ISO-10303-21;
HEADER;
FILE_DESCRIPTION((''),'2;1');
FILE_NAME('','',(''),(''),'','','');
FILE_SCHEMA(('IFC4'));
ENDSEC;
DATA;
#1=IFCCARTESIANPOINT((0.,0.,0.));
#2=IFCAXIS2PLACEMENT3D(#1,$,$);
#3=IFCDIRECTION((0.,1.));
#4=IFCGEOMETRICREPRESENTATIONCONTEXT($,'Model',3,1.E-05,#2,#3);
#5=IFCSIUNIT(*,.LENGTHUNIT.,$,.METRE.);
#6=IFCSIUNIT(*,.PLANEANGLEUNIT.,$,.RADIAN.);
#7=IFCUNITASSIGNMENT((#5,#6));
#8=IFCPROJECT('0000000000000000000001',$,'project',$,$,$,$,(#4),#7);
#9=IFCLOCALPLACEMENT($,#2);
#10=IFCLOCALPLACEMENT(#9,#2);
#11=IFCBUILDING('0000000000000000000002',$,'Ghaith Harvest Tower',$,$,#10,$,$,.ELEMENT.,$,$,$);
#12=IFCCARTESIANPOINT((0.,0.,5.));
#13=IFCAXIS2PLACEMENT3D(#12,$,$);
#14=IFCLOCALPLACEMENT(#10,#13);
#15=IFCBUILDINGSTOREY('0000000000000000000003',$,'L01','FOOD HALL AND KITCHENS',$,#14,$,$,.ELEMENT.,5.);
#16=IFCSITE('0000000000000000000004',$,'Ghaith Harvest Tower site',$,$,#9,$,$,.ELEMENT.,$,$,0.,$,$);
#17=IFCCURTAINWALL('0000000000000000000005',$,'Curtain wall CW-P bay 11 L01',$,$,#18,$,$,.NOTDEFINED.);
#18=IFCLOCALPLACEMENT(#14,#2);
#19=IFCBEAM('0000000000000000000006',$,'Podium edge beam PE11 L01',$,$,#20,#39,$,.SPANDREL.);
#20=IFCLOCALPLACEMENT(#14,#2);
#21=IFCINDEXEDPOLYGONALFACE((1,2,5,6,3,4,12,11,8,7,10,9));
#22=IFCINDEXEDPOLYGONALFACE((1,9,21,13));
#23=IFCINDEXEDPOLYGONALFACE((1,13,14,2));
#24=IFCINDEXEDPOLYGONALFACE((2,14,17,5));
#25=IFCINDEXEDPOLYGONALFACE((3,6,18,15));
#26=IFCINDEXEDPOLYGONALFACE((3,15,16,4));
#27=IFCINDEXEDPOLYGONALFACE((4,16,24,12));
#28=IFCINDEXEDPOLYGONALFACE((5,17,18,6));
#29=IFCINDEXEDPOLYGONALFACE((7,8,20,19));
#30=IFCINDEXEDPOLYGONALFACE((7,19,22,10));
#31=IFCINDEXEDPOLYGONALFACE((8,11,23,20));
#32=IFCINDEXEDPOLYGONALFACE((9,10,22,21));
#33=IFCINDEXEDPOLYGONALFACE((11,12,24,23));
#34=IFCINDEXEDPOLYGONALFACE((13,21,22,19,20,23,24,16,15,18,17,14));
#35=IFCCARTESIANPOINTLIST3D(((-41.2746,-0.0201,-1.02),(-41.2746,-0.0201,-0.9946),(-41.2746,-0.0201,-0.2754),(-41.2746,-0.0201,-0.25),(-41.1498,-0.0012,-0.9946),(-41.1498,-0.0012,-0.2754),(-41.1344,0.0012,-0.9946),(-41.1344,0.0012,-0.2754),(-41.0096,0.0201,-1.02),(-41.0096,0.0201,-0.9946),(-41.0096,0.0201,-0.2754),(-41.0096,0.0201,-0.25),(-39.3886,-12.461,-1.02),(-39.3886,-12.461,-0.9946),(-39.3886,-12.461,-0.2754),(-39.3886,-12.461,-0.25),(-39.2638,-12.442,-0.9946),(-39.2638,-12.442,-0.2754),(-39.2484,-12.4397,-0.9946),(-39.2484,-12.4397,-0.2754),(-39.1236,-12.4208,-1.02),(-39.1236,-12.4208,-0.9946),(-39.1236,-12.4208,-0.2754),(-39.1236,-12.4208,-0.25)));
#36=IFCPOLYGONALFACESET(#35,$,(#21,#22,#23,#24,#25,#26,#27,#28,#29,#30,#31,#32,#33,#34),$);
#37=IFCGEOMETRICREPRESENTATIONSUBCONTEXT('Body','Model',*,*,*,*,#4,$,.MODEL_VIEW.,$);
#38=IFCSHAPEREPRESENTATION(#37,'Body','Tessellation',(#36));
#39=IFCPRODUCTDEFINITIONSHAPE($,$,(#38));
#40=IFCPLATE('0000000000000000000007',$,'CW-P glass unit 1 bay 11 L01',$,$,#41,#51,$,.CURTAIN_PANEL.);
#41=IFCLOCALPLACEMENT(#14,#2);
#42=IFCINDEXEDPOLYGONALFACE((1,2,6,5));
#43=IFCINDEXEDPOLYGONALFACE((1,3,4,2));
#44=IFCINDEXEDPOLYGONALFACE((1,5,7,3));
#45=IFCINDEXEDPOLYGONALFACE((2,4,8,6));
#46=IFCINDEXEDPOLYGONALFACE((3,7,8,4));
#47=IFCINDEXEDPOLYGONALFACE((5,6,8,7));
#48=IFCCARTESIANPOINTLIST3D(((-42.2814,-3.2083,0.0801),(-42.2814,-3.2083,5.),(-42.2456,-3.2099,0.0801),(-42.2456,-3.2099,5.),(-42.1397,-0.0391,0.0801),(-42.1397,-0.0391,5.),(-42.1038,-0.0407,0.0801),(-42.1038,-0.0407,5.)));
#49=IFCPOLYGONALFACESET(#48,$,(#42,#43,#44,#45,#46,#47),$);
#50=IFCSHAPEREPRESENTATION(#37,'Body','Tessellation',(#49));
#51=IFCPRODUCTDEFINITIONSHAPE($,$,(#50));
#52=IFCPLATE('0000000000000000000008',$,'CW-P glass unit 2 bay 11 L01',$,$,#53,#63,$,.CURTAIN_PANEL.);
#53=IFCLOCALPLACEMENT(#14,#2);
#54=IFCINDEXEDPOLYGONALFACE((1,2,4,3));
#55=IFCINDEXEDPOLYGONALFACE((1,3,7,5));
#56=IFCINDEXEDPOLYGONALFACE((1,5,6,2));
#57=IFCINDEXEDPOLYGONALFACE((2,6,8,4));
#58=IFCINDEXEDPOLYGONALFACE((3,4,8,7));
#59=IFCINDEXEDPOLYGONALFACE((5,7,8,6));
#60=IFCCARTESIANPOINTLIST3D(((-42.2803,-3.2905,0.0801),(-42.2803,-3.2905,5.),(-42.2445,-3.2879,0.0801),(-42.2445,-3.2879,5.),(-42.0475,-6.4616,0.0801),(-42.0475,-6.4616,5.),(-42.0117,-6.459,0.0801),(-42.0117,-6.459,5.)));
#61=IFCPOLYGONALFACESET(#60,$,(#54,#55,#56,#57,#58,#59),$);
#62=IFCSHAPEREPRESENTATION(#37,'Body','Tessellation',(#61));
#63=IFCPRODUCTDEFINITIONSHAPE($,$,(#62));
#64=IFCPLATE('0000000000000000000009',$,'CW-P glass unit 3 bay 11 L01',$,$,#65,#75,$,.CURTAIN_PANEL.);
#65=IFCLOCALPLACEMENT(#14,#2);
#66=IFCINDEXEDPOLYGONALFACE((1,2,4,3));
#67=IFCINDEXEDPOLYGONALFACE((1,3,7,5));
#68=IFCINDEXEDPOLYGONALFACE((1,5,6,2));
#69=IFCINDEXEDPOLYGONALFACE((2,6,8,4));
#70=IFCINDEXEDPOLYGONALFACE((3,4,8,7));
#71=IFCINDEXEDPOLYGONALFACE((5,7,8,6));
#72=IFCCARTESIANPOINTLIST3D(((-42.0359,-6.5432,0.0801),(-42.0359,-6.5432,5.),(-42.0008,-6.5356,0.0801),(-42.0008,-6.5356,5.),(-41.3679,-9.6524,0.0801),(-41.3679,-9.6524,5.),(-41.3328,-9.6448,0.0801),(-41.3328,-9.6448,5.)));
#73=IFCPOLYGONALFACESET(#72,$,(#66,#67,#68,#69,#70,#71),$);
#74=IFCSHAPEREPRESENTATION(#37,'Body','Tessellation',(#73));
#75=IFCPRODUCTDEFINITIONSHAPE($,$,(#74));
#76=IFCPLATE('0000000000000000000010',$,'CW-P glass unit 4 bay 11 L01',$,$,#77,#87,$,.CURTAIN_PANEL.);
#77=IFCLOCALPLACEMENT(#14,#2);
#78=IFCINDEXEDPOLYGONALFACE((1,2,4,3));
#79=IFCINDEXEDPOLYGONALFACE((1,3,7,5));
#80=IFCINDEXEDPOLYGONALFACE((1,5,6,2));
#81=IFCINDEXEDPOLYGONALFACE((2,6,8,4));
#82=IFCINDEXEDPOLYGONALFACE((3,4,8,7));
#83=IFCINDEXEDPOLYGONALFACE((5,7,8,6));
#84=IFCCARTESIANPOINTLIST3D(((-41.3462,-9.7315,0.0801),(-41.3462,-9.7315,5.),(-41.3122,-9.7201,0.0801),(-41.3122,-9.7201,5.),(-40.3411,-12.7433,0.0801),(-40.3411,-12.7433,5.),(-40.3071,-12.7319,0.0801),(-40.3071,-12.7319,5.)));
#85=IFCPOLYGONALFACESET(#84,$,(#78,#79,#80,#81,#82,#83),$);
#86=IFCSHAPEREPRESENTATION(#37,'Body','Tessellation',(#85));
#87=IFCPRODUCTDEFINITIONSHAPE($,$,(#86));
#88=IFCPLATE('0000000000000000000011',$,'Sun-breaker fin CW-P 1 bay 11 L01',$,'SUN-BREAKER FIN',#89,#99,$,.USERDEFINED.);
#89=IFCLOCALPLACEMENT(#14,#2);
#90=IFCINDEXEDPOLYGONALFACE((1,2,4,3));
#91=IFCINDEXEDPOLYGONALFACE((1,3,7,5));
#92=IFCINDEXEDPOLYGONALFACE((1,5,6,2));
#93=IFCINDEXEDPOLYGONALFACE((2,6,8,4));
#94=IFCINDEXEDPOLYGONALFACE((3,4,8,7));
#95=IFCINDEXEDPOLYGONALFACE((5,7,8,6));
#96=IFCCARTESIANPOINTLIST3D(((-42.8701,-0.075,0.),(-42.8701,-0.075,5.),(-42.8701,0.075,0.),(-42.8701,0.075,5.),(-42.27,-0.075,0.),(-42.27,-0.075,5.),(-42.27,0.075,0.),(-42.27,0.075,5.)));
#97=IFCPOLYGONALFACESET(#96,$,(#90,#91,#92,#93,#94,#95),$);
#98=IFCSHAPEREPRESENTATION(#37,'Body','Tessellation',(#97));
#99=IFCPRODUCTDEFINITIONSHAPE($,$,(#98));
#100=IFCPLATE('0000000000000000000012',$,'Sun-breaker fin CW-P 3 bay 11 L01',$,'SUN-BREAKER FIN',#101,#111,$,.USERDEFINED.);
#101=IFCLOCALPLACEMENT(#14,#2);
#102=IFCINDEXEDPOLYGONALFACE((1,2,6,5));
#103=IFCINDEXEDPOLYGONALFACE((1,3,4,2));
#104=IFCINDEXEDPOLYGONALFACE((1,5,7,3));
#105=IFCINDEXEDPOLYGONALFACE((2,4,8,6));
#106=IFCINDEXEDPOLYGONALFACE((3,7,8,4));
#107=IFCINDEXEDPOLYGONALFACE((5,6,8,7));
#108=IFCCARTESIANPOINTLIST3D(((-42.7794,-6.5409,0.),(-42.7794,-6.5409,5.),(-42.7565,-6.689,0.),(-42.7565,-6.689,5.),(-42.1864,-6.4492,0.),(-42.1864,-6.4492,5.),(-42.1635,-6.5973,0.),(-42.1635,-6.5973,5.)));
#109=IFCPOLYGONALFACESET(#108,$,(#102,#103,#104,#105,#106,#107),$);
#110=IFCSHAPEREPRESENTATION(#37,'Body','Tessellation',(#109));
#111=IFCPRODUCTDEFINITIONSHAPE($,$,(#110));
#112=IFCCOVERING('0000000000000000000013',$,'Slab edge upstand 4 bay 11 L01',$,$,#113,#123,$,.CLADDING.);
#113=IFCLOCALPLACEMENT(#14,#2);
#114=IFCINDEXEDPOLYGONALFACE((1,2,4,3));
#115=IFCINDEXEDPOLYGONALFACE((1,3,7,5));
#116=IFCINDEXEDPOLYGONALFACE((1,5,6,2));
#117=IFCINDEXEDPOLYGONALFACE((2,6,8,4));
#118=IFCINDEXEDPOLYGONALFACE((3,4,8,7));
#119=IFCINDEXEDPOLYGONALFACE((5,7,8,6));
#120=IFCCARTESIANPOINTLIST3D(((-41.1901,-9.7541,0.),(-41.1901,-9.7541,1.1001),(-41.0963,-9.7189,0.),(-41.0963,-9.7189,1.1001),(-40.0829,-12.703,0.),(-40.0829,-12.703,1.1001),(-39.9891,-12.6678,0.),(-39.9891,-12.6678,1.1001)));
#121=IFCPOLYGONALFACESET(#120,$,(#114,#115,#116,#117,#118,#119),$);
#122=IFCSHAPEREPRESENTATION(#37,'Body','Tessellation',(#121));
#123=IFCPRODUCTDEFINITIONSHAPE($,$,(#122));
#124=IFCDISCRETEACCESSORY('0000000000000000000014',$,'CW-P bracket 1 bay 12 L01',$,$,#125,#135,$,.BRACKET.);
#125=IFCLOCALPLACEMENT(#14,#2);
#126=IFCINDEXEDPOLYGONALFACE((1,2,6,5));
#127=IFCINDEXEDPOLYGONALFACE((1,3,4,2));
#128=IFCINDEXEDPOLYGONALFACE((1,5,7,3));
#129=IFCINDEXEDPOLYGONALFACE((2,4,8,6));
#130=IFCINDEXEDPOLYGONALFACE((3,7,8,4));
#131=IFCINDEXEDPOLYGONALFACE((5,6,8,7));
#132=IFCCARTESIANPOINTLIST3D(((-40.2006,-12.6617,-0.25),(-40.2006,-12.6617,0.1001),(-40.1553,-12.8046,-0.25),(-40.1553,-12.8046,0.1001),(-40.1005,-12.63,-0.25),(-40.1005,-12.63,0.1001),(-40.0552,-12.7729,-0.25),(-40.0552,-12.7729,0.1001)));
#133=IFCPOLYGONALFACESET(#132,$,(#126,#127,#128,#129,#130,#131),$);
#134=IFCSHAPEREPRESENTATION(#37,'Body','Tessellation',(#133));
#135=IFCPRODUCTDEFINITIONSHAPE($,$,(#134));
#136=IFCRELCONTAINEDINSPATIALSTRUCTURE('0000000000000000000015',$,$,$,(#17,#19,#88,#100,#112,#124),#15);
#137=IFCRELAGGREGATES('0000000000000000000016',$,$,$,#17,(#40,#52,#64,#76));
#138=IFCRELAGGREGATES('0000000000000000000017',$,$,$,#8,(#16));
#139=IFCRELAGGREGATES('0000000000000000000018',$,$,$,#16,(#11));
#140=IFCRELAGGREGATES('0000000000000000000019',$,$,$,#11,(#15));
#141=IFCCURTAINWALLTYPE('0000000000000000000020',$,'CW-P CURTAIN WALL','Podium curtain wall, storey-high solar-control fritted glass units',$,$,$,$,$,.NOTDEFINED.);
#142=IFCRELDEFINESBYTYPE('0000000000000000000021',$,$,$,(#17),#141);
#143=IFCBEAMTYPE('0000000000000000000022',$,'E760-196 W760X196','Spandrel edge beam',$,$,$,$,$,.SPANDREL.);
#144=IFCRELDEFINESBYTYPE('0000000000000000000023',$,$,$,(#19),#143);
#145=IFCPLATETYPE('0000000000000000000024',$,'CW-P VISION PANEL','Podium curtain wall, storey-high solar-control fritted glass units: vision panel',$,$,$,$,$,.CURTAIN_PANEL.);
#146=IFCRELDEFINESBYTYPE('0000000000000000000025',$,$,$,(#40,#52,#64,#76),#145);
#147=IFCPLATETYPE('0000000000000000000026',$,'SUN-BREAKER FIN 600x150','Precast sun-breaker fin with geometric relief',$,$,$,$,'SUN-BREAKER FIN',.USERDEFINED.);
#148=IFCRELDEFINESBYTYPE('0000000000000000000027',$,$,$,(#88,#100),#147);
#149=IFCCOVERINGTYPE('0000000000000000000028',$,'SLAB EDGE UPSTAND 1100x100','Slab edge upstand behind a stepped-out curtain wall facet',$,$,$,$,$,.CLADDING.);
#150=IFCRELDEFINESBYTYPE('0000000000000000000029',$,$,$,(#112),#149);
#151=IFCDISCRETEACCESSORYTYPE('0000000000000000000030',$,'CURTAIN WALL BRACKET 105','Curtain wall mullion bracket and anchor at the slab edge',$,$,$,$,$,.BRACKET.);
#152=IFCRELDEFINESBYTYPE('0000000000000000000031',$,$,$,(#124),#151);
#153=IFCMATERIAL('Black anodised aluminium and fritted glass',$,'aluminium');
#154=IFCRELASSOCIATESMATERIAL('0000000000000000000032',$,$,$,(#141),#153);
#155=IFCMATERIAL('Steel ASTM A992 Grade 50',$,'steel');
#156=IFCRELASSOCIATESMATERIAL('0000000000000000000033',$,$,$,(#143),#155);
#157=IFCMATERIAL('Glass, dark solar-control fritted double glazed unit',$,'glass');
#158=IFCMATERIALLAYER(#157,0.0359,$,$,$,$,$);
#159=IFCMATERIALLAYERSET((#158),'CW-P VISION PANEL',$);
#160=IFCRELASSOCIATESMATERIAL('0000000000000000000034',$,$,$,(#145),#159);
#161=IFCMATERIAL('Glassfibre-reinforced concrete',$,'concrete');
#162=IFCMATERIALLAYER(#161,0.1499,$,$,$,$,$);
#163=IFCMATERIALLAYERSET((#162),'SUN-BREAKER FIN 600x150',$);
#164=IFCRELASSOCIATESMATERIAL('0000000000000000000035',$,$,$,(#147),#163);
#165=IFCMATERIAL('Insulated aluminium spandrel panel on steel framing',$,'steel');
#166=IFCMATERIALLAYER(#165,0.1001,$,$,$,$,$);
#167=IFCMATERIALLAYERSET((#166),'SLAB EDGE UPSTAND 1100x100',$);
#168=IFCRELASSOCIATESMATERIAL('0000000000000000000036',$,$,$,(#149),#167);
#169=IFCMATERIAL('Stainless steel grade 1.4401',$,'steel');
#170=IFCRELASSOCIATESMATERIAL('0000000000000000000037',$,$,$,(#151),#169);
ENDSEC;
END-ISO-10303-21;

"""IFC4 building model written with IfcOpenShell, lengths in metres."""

from ifc_helpers import new_model, si_unit, direction, frame, origin, origin_2d, place, context, subcontext, project, spatial, rectangle, i_section, extrude, material, layer, layer_set, material_profile, profile_set, type_object, element, aggregate, save


model = new_model("IFC4")

# Units and contexts
model_context = context("Model", 3, precision=1e-05, world=origin(), true_north=direction((0.0, 1.0)))
body_context = subcontext(model_context, "Body", "Model", "MODEL_VIEW")
ifc_project = project(units=[si_unit("LENGTHUNIT", "METRE"), si_unit("PLANEANGLEUNIT", "RADIAN")], contexts=[model_context])

# Site, building, storey
site_placement = place(None, origin())
site = spatial("IfcSite", under=ifc_project, at=site_placement, Name="Ghaith Harvest Tower site", CompositionType="ELEMENT", RefElevation=0.0)
building_placement = place(site_placement, origin())
building = spatial("IfcBuilding", under=site, at=building_placement, Name="Ghaith Harvest Tower", CompositionType="ELEMENT")
storey_placement = place(building_placement, frame((0.0, 0.0, 5.0)))
storey = spatial("IfcBuildingStorey", under=building, at=storey_placement, Name="L01", Description="FOOD HALL AND KITCHENS", CompositionType="ELEMENT", Elevation=5.0)

# Curtain wall
ifc_material_1 = material(Name="Black anodised aluminium and fritted glass", Category="aluminium")
curtain_wall_type = type_object("IfcCurtainWallType", Name="CW-P CURTAIN WALL", Description="Podium curtain wall, storey-high solar-control fritted glass units", PredefinedType="NOTDEFINED", material=ifc_material_1)
curtain_wall_1_placement = place(storey_placement, origin())
curtain_wall_1 = element("IfcCurtainWall", 1, at=curtain_wall_1_placement, inside=storey, type_object=curtain_wall_type, Name="Curtain wall CW-P bay 11 L01", PredefinedType="NOTDEFINED")

# Beam
ifc_material_2 = material(Name="Steel ASTM A992 Grade 50", Category="steel")
ifc_material_profile_1 = material_profile(ifc_material_2, i_section(OverallWidth=0.2681, OverallDepth=0.77, WebThickness=0.0156, FlangeThickness=0.0254, at=origin_2d()), Name="W760X196")
ifc_profile_set_1 = profile_set([ifc_material_profile_1], Name="Steel ASTM A992 Grade 50")
beam_type = type_object("IfcBeamType", Name="E760-196 W760X196", Description="Spandrel edge beam", PredefinedType="SPANDREL", material=ifc_profile_set_1)
beam_placement = place(storey_placement, frame((-41.1421, 0.0, -0.635), z_axis=(0.149883, -0.988704, 0.0), x_axis=(0.988704, 0.149883, 0.0)))
element("IfcBeam", 2, at=beam_placement, inside=storey, type_object=beam_type, Name="Podium edge beam PE11 L01", PredefinedType="SPANDREL", context=body_context, shape_type="SweptSolid", body=[
    extrude(i_section(OverallWidth=0.2681, OverallDepth=0.77, WebThickness=0.0156, FlangeThickness=0.0254, at=origin_2d()), origin(), (0.0, 0.0, 1.0), 12.583),
])

# Plates
ifc_material_3 = material(Name="Glass, dark solar-control fritted double glazed unit", Category="glass")
ifc_layer_1 = layer(ifc_material_3, 0.0359)
ifc_layer_set_1 = layer_set([ifc_layer_1], Name="CW-P VISION PANEL")
plate_type_1 = type_object("IfcPlateType", Name="CW-P VISION PANEL", Description="Podium curtain wall, storey-high solar-control fritted glass units: vision panel", PredefinedType="CURTAIN_PANEL", material=ifc_layer_set_1)
plate_1_placement = place(storey_placement, frame((-42.1926, -1.6245, 0.0801), z_axis=(0.0, 0.0, 1.0), x_axis=(-0.044678, -0.999001, 0.0)))
plate_1 = element("IfcPlate", 3, at=plate_1_placement, type_object=plate_type_1, Name="CW-P glass unit 1 bay 11 L01", PredefinedType="CURTAIN_PANEL", context=body_context, shape_type="SweptSolid", body=[
    extrude(rectangle(XDim=3.1724, YDim=0.0359, at=origin_2d()), origin(), (0.0, 0.0, 1.0), 4.9199),
])
plate_2_placement = place(storey_placement, frame((-42.146, -4.8748, 0.0801), z_axis=(0.0, 0.0, 1.0), x_axis=(0.07319, -0.997318, 0.0)))
plate_2 = element("IfcPlate", 4, at=plate_2_placement, type_object=plate_type_1, Name="CW-P glass unit 2 bay 11 L01", PredefinedType="CURTAIN_PANEL", context=body_context, shape_type="SweptSolid", body=[
    extrude(rectangle(XDim=3.1797, YDim=0.0359, at=origin_2d()), origin(), (0.0, 0.0, 1.0), 4.9199),
])
plate_3_placement = place(storey_placement, frame((-41.6843, -8.094, 0.0801), z_axis=(0.0, 0.0, 1.0), x_axis=(0.210054, -0.97769, 0.0)))
plate_3 = element("IfcPlate", 5, at=plate_3_placement, type_object=plate_type_1, Name="CW-P glass unit 3 bay 11 L01", PredefinedType="CURTAIN_PANEL", context=body_context, shape_type="SweptSolid", body=[
    extrude(rectangle(XDim=3.1802, YDim=0.0359, at=origin_2d()), origin(), (0.0, 0.0, 1.0), 4.9199),
])
plate_4_placement = place(storey_placement, frame((-40.8267, -11.2317, 0.0801), z_axis=(0.0, 0.0, 1.0), x_axis=(0.316559, -0.948573, 0.0)))
plate_4 = element("IfcPlate", 6, at=plate_4_placement, type_object=plate_type_1, Name="CW-P glass unit 4 bay 11 L01", PredefinedType="CURTAIN_PANEL", context=body_context, shape_type="SweptSolid", body=[
    extrude(rectangle(XDim=3.175, YDim=0.0359, at=origin_2d()), origin(), (0.0, 0.0, 1.0), 4.9199),
])
aggregate(curtain_wall_1, [plate_1, plate_2, plate_3, plate_4])

# Plates
ifc_material_4 = material(Name="Glassfibre-reinforced concrete", Category="concrete")
ifc_layer_2 = layer(ifc_material_4, 0.1499)
ifc_layer_set_2 = layer_set([ifc_layer_2], Name="SUN-BREAKER FIN 600x150")
plate_type_2 = type_object("IfcPlateType", Name="SUN-BREAKER FIN 600x150", Description="Precast sun-breaker fin with geometric relief", ElementType="SUN-BREAKER FIN", PredefinedType="USERDEFINED", material=ifc_layer_set_2)
for number, where, z_axis, x_axis, name in (
    (7, (-42.5701, 0.0, 0.0), (0.0, 0.0, 1.0), (-1.0, 0.0, 0.0), "Sun-breaker fin CW-P 1 bay 11 L01"),
    (8, (-42.4714, -6.5691, 0.0), (0.0, 0.0, 1.0), (-0.988249, -0.152851, 0.0), "Sun-breaker fin CW-P 3 bay 11 L01"),
):
    element("IfcPlate", number, at=place(storey_placement, frame(where, z_axis=z_axis, x_axis=x_axis)), inside=storey, type_object=plate_type_2, Name=name, ObjectType="SUN-BREAKER FIN", PredefinedType="USERDEFINED", context=body_context, shape_type="SweptSolid", body=[
        extrude(rectangle(XDim=0.6001, YDim=0.1499, at=origin_2d()), origin(), (0.0, 0.0, 1.0), 5.0),
    ])

# Covering
ifc_material_5 = material(Name="Insulated aluminium spandrel panel on steel framing", Category="steel")
ifc_layer_3 = layer(ifc_material_5, 0.1001)
ifc_layer_set_3 = layer_set([ifc_layer_3], Name="SLAB EDGE UPSTAND 1100x100")
covering_type = type_object("IfcCoveringType", Name="SLAB EDGE UPSTAND 1100x100", Description="Slab edge upstand behind a stepped-out curtain wall facet", PredefinedType="CLADDING", material=ifc_layer_set_3)
covering_placement = place(storey_placement, frame((-40.5896, -11.2109, 0.0), z_axis=(0.0, 0.0, 1.0), x_axis=(0.351506, -0.936186, 0.0)))
element("IfcCovering", 9, at=covering_placement, inside=storey, type_object=covering_type, Name="Slab edge upstand 4 bay 11 L01", PredefinedType="CLADDING", context=body_context, shape_type="SweptSolid", body=[
    extrude(rectangle(XDim=3.1499, YDim=0.1001, at=origin_2d()), origin(), (0.0, 0.0, 1.0), 1.1001),
])

# Discrete accessory
ifc_material_6 = material(Name="Stainless steel grade 1.4401", Category="steel")
discrete_accessory_type = type_object("IfcDiscreteAccessoryType", Name="CURTAIN WALL BRACKET 105", Description="Curtain wall mullion bracket and anchor at the slab edge", PredefinedType="BRACKET", material=ifc_material_6)
discrete_accessory_placement = place(storey_placement, frame((-40.1279, -12.7173, -0.25), z_axis=(0.0, 0.0, 1.0), x_axis=(-0.953273, -0.30211, 0.0)))
element("IfcDiscreteAccessory", 10, at=discrete_accessory_placement, inside=storey, type_object=discrete_accessory_type, Name="CW-P bracket 1 bay 12 L01", PredefinedType="BRACKET", context=body_context, shape_type="SweptSolid", body=[
    extrude(rectangle(XDim=0.105, YDim=0.1499, at=origin_2d()), origin(), (0.0, 0.0, 1.0), 0.3501),
])

save(model, "model.ifc")
